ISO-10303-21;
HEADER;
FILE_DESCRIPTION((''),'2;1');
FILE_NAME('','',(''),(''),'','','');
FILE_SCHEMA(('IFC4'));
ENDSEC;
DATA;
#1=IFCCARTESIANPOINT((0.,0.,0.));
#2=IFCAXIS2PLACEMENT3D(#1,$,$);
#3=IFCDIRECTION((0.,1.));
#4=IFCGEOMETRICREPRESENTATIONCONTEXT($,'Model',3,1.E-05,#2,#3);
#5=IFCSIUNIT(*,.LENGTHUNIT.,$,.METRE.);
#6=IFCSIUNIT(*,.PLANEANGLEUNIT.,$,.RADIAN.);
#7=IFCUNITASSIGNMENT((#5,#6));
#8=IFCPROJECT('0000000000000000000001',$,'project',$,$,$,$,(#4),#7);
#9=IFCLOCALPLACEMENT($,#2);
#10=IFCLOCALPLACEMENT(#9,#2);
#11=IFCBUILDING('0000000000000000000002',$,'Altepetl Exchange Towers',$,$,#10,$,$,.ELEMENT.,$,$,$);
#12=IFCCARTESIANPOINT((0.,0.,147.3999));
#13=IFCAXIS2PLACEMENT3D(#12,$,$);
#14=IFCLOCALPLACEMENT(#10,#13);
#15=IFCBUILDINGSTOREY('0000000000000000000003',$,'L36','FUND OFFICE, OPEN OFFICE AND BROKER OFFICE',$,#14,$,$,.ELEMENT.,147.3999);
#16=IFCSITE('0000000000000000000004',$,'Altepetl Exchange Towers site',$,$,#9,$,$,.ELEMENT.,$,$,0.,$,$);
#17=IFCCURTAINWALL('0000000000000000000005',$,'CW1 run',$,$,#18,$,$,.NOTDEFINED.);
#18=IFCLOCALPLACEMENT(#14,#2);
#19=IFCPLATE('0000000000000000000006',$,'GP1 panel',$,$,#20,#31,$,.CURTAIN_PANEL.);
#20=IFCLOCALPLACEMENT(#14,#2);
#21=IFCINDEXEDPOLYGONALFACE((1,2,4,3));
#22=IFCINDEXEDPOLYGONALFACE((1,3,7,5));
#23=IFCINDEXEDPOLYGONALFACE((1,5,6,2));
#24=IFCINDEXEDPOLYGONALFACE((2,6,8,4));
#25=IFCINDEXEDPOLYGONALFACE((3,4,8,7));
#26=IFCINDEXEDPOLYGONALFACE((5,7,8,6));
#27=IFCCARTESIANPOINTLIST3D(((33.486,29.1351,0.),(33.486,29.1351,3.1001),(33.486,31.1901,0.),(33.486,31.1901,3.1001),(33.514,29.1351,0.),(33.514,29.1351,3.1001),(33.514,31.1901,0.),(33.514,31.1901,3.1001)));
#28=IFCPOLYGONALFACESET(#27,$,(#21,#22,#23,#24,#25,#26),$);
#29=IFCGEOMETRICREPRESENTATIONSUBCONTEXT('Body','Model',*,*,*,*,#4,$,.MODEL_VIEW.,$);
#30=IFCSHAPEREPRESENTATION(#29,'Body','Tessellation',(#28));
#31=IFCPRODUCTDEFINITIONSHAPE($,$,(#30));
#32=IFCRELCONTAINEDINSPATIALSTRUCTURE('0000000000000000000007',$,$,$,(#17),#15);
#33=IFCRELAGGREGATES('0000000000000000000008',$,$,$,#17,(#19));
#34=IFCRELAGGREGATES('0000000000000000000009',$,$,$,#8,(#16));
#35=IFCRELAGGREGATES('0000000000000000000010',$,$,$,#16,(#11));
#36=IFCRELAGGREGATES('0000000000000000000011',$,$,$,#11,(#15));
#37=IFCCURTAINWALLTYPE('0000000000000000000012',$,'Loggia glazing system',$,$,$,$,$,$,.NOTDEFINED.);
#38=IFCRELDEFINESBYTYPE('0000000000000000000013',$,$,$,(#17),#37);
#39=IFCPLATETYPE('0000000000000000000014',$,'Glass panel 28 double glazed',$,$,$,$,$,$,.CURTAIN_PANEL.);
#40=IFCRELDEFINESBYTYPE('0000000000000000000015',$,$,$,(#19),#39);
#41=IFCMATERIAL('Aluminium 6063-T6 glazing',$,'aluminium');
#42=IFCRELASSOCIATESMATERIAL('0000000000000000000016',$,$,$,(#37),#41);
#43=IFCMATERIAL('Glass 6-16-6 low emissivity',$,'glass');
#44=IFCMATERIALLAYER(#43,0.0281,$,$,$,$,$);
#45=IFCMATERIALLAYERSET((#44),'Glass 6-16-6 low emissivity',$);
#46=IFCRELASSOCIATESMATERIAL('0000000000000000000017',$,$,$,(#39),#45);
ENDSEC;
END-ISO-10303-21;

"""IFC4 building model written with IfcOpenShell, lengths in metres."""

from ifc_helpers import new_model, si_unit, direction, frame, origin, origin_2d, place, context, subcontext, project, spatial, rectangle, extrude, material, layer, layer_set, type_object, element, aggregate, save


model = new_model("IFC4")

# Units and contexts
model_context = context("Model", 3, precision=1e-05, world=origin(), true_north=direction((0.0, 1.0)))
body_context = subcontext(model_context, "Body", "Model", "MODEL_VIEW")
ifc_project = project(units=[si_unit("LENGTHUNIT", "METRE"), si_unit("PLANEANGLEUNIT", "RADIAN")], contexts=[model_context])

# Site, building, storey
site_placement = place(None, origin())
site = spatial("IfcSite", under=ifc_project, at=site_placement, Name="Altepetl Exchange Towers site", CompositionType="ELEMENT", RefElevation=0.0)
building_placement = place(site_placement, origin())
building = spatial("IfcBuilding", under=site, at=building_placement, Name="Altepetl Exchange Towers", CompositionType="ELEMENT")
storey_placement = place(building_placement, frame((0.0, 0.0, 147.3999)))
storey = spatial("IfcBuildingStorey", under=building, at=storey_placement, Name="L36", Description="FUND OFFICE, OPEN OFFICE AND BROKER OFFICE", CompositionType="ELEMENT", Elevation=147.3999)

# Shared definitions
ifc_material_1 = material(Name="Aluminium 6063-T6 glazing", Category="aluminium")
curtain_wall_type = type_object("IfcCurtainWallType", Name="Loggia glazing system", PredefinedType="NOTDEFINED", material=ifc_material_1)

# Curtain wall
curtain_wall_1_placement = place(storey_placement, origin())
curtain_wall_1 = element("IfcCurtainWall", 1, at=curtain_wall_1_placement, inside=storey, type_object=curtain_wall_type, Name="CW1 run", PredefinedType="NOTDEFINED")

# Plate
ifc_material_2 = material(Name="Glass 6-16-6 low emissivity", Category="glass")
ifc_layer = layer(ifc_material_2, 0.0281)
ifc_layer_set = layer_set([ifc_layer], Name="Glass 6-16-6 low emissivity")
plate_type = type_object("IfcPlateType", Name="Glass panel 28 double glazed", PredefinedType="CURTAIN_PANEL", material=ifc_layer_set)
plate_1_placement = place(storey_placement, frame((33.5, 30.1626, 0.0), z_axis=(0.0, 0.0, 1.0), x_axis=(0.0, -1.0, 0.0)))
plate_1 = element("IfcPlate", 2, at=plate_1_placement, type_object=plate_type, Name="GP1 panel", PredefinedType="CURTAIN_PANEL", context=body_context, shape_type="SweptSolid", body=[
    extrude(rectangle(XDim=2.0549, YDim=0.0281, at=origin_2d()), origin(), (0.0, 0.0, 1.0), 3.1001),
])
aggregate(curtain_wall_1, [plate_1])

save(model, "model.ifc")
